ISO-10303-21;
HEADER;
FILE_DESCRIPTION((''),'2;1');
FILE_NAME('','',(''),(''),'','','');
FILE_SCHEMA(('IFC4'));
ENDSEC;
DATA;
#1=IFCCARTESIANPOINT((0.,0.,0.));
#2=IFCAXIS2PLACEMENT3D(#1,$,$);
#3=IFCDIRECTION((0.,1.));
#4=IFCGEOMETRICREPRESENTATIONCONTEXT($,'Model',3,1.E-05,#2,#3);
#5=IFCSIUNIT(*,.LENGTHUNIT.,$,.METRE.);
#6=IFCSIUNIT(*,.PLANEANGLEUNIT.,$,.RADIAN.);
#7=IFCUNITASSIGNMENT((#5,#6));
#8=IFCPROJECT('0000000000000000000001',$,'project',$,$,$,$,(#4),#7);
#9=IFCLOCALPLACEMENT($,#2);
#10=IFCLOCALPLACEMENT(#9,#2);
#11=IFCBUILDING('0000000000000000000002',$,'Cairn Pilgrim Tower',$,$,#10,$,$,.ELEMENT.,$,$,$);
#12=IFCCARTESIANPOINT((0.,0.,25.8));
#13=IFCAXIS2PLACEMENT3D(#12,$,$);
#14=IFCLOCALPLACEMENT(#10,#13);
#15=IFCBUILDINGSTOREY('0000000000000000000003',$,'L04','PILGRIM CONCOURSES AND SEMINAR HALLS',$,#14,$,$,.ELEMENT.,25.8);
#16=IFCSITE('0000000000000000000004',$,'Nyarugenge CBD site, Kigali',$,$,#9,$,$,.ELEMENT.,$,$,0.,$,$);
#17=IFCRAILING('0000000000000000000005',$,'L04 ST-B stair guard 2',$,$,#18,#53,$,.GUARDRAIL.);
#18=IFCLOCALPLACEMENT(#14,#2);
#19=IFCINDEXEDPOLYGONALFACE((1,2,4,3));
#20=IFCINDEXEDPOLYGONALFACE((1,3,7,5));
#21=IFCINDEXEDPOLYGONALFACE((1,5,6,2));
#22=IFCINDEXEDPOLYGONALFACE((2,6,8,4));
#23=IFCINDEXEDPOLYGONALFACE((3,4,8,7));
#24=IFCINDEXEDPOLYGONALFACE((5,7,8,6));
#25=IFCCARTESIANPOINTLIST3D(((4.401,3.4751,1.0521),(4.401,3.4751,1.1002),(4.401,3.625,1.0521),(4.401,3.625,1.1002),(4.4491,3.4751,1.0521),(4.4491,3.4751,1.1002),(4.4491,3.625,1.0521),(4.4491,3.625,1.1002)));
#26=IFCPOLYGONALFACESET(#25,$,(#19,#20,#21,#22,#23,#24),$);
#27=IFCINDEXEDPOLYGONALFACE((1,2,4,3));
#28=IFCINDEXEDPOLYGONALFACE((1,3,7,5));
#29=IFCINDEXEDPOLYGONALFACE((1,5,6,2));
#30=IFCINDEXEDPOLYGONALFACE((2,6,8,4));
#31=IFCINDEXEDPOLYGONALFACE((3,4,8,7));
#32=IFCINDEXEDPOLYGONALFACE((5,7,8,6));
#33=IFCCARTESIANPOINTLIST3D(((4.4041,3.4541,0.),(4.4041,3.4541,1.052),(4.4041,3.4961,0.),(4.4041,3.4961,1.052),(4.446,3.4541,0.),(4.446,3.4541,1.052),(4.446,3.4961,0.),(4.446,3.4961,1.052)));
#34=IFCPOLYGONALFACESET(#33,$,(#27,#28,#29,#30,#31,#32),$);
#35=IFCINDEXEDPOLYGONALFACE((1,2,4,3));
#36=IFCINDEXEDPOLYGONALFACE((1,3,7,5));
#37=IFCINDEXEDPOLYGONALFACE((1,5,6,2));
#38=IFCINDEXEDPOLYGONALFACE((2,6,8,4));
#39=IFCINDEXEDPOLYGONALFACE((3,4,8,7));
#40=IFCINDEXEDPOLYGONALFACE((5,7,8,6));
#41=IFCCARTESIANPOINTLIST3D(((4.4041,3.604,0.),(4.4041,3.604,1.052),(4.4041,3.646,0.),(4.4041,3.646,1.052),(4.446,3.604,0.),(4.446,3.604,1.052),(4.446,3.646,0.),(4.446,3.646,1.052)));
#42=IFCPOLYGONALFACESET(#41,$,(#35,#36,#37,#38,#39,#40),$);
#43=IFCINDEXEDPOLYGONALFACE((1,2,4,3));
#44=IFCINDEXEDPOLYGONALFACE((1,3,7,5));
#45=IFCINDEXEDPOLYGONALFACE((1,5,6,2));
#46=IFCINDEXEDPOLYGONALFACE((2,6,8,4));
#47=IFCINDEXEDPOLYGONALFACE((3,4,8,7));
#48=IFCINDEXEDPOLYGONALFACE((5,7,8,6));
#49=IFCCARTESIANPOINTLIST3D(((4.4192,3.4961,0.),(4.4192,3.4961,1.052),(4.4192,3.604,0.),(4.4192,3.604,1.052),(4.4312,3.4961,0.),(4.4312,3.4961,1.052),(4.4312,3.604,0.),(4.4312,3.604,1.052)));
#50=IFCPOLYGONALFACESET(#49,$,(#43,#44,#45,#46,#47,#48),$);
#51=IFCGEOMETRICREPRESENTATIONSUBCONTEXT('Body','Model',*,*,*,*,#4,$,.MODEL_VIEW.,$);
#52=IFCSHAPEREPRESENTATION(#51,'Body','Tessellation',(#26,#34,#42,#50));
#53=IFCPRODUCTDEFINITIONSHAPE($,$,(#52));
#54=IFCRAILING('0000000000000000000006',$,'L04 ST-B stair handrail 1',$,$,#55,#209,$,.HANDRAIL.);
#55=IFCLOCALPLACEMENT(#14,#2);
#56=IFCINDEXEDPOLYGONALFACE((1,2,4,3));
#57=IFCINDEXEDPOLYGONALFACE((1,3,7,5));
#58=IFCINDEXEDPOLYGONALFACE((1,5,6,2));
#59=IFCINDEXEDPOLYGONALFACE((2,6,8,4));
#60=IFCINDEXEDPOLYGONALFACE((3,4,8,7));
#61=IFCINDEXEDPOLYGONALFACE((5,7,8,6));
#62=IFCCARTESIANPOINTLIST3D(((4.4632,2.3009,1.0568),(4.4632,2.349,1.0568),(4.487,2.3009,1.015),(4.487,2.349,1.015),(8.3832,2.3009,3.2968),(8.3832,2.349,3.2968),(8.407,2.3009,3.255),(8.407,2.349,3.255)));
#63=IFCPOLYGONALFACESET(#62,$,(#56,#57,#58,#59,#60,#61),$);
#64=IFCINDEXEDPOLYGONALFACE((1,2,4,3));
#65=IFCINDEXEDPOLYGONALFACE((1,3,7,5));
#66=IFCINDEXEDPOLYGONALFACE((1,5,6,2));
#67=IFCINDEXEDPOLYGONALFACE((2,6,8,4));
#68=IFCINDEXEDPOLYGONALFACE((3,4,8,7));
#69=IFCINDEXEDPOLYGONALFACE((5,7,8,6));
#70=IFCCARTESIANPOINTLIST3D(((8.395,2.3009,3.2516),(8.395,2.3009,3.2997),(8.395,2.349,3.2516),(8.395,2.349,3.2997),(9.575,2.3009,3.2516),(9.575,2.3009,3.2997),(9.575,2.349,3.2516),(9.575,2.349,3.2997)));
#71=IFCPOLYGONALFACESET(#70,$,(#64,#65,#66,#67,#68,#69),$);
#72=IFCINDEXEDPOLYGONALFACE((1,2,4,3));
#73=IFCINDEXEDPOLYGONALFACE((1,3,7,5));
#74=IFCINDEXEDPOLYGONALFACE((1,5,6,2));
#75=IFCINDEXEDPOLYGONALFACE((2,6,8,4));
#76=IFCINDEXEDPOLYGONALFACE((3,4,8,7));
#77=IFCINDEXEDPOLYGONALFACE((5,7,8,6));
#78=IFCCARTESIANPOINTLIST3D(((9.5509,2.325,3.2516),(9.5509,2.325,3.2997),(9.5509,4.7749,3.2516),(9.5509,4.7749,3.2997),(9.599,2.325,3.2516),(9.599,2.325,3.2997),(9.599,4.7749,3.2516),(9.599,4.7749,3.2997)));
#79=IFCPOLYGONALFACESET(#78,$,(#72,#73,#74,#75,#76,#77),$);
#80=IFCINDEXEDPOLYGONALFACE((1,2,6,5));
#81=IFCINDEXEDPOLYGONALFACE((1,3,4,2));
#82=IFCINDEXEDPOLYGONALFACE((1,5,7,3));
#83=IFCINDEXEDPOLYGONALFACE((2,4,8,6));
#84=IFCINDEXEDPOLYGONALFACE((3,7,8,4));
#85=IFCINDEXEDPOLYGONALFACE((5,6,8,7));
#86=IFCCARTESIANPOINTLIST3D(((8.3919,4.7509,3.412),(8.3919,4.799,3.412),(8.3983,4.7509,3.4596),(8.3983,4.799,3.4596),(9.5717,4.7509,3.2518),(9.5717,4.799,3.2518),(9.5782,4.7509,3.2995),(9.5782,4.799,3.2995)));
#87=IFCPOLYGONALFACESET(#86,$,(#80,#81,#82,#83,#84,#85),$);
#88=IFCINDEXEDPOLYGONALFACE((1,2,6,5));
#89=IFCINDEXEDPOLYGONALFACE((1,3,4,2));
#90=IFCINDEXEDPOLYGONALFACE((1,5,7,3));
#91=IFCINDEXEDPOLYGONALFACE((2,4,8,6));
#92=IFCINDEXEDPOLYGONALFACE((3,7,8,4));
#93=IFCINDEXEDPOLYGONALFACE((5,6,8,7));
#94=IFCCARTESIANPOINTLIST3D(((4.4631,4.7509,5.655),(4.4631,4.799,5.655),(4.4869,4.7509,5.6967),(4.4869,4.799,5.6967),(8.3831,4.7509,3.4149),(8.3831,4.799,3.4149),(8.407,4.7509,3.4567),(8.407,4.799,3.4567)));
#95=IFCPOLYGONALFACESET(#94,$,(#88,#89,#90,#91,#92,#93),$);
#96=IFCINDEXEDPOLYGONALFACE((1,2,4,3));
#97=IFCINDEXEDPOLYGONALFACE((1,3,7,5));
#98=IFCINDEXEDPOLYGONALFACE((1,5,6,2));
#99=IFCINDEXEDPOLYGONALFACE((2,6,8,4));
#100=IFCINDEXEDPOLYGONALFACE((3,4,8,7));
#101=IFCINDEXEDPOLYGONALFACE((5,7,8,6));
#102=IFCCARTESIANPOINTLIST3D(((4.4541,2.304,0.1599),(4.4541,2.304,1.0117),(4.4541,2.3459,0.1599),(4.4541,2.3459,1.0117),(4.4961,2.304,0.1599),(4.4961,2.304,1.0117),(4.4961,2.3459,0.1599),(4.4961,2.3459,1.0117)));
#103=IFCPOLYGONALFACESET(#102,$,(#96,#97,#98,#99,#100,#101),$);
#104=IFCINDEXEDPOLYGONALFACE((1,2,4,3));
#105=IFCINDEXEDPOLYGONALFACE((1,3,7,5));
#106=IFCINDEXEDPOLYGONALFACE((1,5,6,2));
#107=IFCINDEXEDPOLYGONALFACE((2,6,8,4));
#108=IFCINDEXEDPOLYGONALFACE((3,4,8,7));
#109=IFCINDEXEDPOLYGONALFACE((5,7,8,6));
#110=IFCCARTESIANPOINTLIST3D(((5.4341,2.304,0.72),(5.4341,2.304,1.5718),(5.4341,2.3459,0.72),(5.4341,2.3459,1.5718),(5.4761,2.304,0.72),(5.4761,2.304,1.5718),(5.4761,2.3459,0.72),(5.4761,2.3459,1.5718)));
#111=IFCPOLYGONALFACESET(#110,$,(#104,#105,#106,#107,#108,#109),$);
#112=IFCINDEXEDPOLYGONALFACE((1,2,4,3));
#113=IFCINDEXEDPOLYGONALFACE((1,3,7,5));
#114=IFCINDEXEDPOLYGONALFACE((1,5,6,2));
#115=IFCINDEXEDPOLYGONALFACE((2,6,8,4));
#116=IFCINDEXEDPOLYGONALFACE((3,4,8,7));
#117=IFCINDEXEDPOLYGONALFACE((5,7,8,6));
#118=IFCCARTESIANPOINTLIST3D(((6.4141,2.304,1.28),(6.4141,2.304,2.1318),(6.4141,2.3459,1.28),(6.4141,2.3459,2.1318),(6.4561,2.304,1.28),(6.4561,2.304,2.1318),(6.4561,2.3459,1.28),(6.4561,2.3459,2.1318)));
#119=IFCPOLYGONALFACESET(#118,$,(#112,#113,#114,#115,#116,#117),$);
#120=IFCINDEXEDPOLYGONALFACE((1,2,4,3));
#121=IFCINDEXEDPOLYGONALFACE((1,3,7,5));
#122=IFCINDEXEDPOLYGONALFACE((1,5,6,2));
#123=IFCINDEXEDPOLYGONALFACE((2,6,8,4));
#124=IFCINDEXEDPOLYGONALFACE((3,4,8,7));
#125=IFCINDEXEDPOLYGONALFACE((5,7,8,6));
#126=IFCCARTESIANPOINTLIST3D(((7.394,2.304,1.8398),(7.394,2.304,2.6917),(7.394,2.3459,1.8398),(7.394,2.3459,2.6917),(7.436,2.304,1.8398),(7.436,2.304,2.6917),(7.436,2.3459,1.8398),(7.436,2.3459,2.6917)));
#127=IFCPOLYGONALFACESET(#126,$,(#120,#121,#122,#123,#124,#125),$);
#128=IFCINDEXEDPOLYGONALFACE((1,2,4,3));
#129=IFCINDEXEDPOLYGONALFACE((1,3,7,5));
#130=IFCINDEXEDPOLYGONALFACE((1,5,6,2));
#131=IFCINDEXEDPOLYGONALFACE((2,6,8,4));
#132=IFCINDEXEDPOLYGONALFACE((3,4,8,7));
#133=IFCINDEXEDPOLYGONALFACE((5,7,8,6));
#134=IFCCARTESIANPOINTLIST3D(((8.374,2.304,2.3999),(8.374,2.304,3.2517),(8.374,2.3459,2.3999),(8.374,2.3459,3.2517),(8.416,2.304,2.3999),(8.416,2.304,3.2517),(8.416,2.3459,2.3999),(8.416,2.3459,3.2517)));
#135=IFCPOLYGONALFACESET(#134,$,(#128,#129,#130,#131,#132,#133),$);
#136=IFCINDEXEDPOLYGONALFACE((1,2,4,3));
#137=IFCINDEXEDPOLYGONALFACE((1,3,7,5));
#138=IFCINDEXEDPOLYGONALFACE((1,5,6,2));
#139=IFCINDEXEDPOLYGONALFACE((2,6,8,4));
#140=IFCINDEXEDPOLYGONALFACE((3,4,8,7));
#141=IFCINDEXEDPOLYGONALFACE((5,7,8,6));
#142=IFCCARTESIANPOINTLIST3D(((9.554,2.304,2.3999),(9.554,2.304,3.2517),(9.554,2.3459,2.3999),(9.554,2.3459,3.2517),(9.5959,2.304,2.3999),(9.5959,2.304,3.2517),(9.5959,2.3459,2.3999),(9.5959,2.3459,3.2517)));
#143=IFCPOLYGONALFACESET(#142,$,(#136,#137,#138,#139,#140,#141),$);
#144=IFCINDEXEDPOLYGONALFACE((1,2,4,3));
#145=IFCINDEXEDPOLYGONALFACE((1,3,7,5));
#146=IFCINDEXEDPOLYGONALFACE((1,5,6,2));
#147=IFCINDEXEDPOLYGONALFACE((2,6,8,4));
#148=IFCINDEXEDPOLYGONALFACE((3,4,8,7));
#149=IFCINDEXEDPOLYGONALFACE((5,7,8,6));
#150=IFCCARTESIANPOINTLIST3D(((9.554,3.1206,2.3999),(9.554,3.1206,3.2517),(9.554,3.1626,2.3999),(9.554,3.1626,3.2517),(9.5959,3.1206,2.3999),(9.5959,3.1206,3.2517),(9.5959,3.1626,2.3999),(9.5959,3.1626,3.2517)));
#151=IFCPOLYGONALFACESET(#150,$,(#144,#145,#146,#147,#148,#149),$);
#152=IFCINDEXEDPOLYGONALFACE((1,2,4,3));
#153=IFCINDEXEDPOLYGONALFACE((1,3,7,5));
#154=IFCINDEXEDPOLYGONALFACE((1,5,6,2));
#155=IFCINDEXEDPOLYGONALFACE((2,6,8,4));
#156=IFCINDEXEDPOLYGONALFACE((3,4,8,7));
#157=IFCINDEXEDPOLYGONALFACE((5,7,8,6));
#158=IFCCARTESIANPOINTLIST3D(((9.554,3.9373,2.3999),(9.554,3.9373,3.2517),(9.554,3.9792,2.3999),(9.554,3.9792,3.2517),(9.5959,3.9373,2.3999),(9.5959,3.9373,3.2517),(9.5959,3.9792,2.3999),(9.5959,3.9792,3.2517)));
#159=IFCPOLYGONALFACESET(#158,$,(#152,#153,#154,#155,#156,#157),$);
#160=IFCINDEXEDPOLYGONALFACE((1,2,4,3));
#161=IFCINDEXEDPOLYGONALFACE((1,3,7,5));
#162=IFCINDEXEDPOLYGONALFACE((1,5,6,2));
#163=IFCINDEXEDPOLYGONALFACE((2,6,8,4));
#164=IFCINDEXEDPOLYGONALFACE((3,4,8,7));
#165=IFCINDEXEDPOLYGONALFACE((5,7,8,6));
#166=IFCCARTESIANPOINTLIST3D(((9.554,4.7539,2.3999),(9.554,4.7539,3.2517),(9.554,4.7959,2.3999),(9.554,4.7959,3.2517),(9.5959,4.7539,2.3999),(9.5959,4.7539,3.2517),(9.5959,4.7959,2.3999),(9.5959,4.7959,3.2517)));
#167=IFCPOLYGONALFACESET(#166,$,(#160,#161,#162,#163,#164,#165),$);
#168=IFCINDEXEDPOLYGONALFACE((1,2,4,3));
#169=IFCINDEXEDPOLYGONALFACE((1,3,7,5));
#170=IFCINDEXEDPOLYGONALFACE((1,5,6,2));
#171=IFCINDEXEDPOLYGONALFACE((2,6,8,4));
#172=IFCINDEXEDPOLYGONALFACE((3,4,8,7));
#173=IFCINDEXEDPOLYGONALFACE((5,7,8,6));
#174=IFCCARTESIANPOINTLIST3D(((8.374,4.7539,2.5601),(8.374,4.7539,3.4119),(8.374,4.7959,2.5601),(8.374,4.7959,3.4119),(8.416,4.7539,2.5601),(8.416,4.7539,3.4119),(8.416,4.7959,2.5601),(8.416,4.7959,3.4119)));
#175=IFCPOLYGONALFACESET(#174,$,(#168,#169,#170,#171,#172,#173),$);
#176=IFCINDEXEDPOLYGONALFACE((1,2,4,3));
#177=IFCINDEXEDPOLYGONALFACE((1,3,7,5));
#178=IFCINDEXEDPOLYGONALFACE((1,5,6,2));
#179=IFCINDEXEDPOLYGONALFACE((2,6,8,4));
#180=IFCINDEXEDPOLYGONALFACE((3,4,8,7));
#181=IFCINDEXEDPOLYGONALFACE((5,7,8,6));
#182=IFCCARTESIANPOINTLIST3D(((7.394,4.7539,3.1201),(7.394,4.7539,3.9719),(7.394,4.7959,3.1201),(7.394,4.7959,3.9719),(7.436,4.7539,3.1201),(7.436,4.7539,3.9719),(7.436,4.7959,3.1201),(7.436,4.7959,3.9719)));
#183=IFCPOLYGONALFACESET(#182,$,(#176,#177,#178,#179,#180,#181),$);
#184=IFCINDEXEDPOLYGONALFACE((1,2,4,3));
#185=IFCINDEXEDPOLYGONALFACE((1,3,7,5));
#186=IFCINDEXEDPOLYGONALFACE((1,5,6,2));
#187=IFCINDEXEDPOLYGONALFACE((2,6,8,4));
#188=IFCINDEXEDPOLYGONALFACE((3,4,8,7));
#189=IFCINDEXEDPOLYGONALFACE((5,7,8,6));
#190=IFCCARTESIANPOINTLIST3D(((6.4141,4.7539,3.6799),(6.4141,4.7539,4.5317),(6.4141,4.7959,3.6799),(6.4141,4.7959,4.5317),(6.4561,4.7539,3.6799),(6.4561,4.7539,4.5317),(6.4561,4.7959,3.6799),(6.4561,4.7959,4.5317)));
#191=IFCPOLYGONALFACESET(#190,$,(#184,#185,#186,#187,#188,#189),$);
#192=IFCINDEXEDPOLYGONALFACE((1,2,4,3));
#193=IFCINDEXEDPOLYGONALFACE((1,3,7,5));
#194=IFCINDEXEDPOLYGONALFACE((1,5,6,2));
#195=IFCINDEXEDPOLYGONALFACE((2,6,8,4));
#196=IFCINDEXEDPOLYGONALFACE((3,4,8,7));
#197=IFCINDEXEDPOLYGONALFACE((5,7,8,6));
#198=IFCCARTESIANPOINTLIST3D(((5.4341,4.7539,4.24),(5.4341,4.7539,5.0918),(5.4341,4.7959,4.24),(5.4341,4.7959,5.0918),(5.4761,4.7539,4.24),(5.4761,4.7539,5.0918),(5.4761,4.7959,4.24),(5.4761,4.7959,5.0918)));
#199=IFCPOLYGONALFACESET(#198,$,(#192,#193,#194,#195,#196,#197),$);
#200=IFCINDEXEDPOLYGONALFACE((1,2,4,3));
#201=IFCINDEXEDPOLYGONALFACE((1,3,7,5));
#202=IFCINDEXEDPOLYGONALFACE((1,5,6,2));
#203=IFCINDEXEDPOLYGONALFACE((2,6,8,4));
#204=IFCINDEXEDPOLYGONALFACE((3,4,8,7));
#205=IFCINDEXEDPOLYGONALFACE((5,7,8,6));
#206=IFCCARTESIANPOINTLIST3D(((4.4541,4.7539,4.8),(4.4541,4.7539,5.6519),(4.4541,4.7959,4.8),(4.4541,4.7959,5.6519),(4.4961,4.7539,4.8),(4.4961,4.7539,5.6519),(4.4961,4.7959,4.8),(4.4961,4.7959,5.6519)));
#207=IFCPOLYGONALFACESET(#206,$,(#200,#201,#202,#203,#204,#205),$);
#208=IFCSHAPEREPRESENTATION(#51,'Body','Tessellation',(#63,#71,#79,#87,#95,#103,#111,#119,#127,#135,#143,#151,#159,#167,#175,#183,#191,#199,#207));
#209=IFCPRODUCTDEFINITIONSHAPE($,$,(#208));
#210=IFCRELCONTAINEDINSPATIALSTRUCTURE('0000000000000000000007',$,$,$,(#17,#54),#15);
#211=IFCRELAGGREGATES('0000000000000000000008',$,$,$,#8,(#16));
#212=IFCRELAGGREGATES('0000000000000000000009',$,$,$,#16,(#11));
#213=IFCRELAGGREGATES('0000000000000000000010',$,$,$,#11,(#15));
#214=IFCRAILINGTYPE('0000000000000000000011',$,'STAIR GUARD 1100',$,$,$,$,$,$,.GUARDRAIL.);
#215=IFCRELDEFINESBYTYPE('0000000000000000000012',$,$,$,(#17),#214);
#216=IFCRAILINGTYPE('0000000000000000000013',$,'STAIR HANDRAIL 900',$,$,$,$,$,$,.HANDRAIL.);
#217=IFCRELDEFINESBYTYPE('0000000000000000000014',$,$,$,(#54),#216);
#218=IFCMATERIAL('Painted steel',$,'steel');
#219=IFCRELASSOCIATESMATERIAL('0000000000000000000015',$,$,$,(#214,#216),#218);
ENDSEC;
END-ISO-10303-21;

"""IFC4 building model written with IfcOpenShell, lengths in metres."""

from ifc_helpers import new_model, si_unit, direction, frame, origin, origin_2d, place, context, subcontext, project, spatial, polyline, rectangle, outline, extrude, material, type_object, element, save


model = new_model("IFC4")

# Units and contexts
model_context = context("Model", 3, precision=1e-05, world=origin(), true_north=direction((0.0, 1.0)))
body_context = subcontext(model_context, "Body", "Model", "MODEL_VIEW")
ifc_project = project(units=[si_unit("LENGTHUNIT", "METRE"), si_unit("PLANEANGLEUNIT", "RADIAN")], contexts=[model_context])

# Site, building, storey
site_placement = place(None, origin())
site = spatial("IfcSite", under=ifc_project, at=site_placement, Name="Nyarugenge CBD site, Kigali", CompositionType="ELEMENT", RefElevation=0.0)
building_placement = place(site_placement, origin())
building = spatial("IfcBuilding", under=site, at=building_placement, Name="Cairn Pilgrim Tower", CompositionType="ELEMENT")
storey_placement = place(building_placement, frame((0.0, 0.0, 25.8)))
storey = spatial("IfcBuildingStorey", under=building, at=storey_placement, Name="L04", Description="PILGRIM CONCOURSES AND SEMINAR HALLS", CompositionType="ELEMENT", Elevation=25.8)

# Shared definitions
ifc_material_1 = material(Name="Painted steel", Category="steel")

# Railings
railing_type_1 = type_object("IfcRailingType", Name="STAIR GUARD 1100", PredefinedType="GUARDRAIL", material=ifc_material_1)
railing_1_placement = place(storey_placement, frame((4.425, 3.4751, 0.0)))
element("IfcRailing", 1, at=railing_1_placement, inside=storey, type_object=railing_type_1, Name="L04 ST-B stair guard 2", PredefinedType="GUARDRAIL", context=body_context, shape_type="SweptSolid", body=[
    extrude(rectangle(XDim=0.0481, YDim=0.0481, at=origin_2d()), frame((0.0, 0.0, 1.0762), z_axis=(0.0, 1.0, 0.0), x_axis=(-1.0, 0.0, 0.0)), (0.0, 0.0, 1.0), 0.1499),
    extrude(rectangle(XDim=0.042, YDim=0.042, at=origin_2d()), origin(), (0.0, 0.0, 1.0), 1.052),
    extrude(rectangle(XDim=0.042, YDim=0.042, at=origin_2d()), frame((0.0, 0.1499, 0.0)), (0.0, 0.0, 1.0), 1.052),
    extrude(outline(polyline([(0.021, 0.0), (0.1289, 0.0), (0.1289, 1.052), (0.021, 1.052), (0.021, 0.0)])), frame((-0.0059, 0.0, 0.0), z_axis=(1.0, 0.0, 0.0), x_axis=(0.0, 1.0, 0.0)), (0.0, 0.0, 1.0), 0.012),
])
railing_type_2 = type_object("IfcRailingType", Name="STAIR HANDRAIL 900", PredefinedType="HANDRAIL", material=ifc_material_1)
railing_2_placement = place(storey_placement, frame((4.4751, 2.325, 0.1599)))
element("IfcRailing", 2, at=railing_2_placement, inside=storey, type_object=railing_type_2, Name="L04 ST-B stair handrail 1", PredefinedType="HANDRAIL", context=body_context, shape_type="SweptSolid", body=[
    extrude(rectangle(XDim=0.0481, YDim=0.0481, at=origin_2d()), frame((0.0, 0.0, 0.876), z_axis=(0.86824, 0.0, 0.496145), x_axis=(0.0, 1.0, 0.0)), (0.0, 0.0, 1.0), 4.5149),
    extrude(rectangle(XDim=0.0481, YDim=0.0481, at=origin_2d()), frame((3.9199, 0.0, 3.1157), z_axis=(1.0, 0.0, 0.0), x_axis=(0.0, 1.0, 0.0)), (0.0, 0.0, 1.0), 1.1799),
    extrude(rectangle(XDim=0.0481, YDim=0.0481, at=origin_2d()), frame((5.0999, 0.0, 3.1157), z_axis=(0.0, 1.0, 0.0), x_axis=(-1.0, 0.0, 0.0)), (0.0, 0.0, 1.0), 2.45),
    extrude(rectangle(XDim=0.0481, YDim=0.0481, at=origin_2d()), frame((5.0999, 2.45, 3.1157), z_axis=(-0.990914, 0.0, 0.1345), x_axis=(0.0, -1.0, 0.0)), (0.0, 0.0, 1.0), 1.1907),
    extrude(rectangle(XDim=0.0481, YDim=0.0481, at=origin_2d()), frame((3.9199, 2.45, 3.2759), z_axis=(-0.86824, 0.0, 0.496145), x_axis=(0.0, -1.0, 0.0)), (0.0, 0.0, 1.0), 4.5149),
    extrude(rectangle(XDim=0.042, YDim=0.042, at=origin_2d()), origin(), (0.0, 0.0, 1.0), 0.8518),
    extrude(rectangle(XDim=0.042, YDim=0.042, at=origin_2d()), frame((0.98, 0.0, 0.5601)), (0.0, 0.0, 1.0), 0.8518),
    extrude(rectangle(XDim=0.042, YDim=0.042, at=origin_2d()), frame((1.96, 0.0, 1.1201)), (0.0, 0.0, 1.0), 0.8518),
    extrude(rectangle(XDim=0.042, YDim=0.042, at=origin_2d()), frame((2.9399, 0.0, 1.6799)), (0.0, 0.0, 1.0), 0.8518),
    extrude(rectangle(XDim=0.042, YDim=0.042, at=origin_2d()), frame((3.9199, 0.0, 2.24)), (0.0, 0.0, 1.0), 0.8518),
    extrude(rectangle(XDim=0.042, YDim=0.042, at=origin_2d()), frame((5.0999, 0.0, 2.24)), (0.0, 0.0, 1.0), 0.8518),
    extrude(rectangle(XDim=0.042, YDim=0.042, at=origin_2d()), frame((5.0999, 0.8167, 2.24)), (0.0, 0.0, 1.0), 0.8518),
    extrude(rectangle(XDim=0.042, YDim=0.042, at=origin_2d()), frame((5.0999, 1.6333, 2.24)), (0.0, 0.0, 1.0), 0.8518),
    extrude(rectangle(XDim=0.042, YDim=0.042, at=origin_2d()), frame((5.0999, 2.45, 2.24)), (0.0, 0.0, 1.0), 0.8518),
    extrude(rectangle(XDim=0.042, YDim=0.042, at=origin_2d()), frame((3.9199, 2.45, 2.4001)), (0.0, 0.0, 1.0), 0.8518),
    extrude(rectangle(XDim=0.042, YDim=0.042, at=origin_2d()), frame((2.9399, 2.45, 2.9602)), (0.0, 0.0, 1.0), 0.8518),
    extrude(rectangle(XDim=0.042, YDim=0.042, at=origin_2d()), frame((1.96, 2.45, 3.52)), (0.0, 0.0, 1.0), 0.8518),
    extrude(rectangle(XDim=0.042, YDim=0.042, at=origin_2d()), frame((0.98, 2.45, 4.0801)), (0.0, 0.0, 1.0), 0.8518),
    extrude(rectangle(XDim=0.042, YDim=0.042, at=origin_2d()), frame((0.0, 2.45, 4.6401)), (0.0, 0.0, 1.0), 0.8518),
])

save(model, "model.ifc")
